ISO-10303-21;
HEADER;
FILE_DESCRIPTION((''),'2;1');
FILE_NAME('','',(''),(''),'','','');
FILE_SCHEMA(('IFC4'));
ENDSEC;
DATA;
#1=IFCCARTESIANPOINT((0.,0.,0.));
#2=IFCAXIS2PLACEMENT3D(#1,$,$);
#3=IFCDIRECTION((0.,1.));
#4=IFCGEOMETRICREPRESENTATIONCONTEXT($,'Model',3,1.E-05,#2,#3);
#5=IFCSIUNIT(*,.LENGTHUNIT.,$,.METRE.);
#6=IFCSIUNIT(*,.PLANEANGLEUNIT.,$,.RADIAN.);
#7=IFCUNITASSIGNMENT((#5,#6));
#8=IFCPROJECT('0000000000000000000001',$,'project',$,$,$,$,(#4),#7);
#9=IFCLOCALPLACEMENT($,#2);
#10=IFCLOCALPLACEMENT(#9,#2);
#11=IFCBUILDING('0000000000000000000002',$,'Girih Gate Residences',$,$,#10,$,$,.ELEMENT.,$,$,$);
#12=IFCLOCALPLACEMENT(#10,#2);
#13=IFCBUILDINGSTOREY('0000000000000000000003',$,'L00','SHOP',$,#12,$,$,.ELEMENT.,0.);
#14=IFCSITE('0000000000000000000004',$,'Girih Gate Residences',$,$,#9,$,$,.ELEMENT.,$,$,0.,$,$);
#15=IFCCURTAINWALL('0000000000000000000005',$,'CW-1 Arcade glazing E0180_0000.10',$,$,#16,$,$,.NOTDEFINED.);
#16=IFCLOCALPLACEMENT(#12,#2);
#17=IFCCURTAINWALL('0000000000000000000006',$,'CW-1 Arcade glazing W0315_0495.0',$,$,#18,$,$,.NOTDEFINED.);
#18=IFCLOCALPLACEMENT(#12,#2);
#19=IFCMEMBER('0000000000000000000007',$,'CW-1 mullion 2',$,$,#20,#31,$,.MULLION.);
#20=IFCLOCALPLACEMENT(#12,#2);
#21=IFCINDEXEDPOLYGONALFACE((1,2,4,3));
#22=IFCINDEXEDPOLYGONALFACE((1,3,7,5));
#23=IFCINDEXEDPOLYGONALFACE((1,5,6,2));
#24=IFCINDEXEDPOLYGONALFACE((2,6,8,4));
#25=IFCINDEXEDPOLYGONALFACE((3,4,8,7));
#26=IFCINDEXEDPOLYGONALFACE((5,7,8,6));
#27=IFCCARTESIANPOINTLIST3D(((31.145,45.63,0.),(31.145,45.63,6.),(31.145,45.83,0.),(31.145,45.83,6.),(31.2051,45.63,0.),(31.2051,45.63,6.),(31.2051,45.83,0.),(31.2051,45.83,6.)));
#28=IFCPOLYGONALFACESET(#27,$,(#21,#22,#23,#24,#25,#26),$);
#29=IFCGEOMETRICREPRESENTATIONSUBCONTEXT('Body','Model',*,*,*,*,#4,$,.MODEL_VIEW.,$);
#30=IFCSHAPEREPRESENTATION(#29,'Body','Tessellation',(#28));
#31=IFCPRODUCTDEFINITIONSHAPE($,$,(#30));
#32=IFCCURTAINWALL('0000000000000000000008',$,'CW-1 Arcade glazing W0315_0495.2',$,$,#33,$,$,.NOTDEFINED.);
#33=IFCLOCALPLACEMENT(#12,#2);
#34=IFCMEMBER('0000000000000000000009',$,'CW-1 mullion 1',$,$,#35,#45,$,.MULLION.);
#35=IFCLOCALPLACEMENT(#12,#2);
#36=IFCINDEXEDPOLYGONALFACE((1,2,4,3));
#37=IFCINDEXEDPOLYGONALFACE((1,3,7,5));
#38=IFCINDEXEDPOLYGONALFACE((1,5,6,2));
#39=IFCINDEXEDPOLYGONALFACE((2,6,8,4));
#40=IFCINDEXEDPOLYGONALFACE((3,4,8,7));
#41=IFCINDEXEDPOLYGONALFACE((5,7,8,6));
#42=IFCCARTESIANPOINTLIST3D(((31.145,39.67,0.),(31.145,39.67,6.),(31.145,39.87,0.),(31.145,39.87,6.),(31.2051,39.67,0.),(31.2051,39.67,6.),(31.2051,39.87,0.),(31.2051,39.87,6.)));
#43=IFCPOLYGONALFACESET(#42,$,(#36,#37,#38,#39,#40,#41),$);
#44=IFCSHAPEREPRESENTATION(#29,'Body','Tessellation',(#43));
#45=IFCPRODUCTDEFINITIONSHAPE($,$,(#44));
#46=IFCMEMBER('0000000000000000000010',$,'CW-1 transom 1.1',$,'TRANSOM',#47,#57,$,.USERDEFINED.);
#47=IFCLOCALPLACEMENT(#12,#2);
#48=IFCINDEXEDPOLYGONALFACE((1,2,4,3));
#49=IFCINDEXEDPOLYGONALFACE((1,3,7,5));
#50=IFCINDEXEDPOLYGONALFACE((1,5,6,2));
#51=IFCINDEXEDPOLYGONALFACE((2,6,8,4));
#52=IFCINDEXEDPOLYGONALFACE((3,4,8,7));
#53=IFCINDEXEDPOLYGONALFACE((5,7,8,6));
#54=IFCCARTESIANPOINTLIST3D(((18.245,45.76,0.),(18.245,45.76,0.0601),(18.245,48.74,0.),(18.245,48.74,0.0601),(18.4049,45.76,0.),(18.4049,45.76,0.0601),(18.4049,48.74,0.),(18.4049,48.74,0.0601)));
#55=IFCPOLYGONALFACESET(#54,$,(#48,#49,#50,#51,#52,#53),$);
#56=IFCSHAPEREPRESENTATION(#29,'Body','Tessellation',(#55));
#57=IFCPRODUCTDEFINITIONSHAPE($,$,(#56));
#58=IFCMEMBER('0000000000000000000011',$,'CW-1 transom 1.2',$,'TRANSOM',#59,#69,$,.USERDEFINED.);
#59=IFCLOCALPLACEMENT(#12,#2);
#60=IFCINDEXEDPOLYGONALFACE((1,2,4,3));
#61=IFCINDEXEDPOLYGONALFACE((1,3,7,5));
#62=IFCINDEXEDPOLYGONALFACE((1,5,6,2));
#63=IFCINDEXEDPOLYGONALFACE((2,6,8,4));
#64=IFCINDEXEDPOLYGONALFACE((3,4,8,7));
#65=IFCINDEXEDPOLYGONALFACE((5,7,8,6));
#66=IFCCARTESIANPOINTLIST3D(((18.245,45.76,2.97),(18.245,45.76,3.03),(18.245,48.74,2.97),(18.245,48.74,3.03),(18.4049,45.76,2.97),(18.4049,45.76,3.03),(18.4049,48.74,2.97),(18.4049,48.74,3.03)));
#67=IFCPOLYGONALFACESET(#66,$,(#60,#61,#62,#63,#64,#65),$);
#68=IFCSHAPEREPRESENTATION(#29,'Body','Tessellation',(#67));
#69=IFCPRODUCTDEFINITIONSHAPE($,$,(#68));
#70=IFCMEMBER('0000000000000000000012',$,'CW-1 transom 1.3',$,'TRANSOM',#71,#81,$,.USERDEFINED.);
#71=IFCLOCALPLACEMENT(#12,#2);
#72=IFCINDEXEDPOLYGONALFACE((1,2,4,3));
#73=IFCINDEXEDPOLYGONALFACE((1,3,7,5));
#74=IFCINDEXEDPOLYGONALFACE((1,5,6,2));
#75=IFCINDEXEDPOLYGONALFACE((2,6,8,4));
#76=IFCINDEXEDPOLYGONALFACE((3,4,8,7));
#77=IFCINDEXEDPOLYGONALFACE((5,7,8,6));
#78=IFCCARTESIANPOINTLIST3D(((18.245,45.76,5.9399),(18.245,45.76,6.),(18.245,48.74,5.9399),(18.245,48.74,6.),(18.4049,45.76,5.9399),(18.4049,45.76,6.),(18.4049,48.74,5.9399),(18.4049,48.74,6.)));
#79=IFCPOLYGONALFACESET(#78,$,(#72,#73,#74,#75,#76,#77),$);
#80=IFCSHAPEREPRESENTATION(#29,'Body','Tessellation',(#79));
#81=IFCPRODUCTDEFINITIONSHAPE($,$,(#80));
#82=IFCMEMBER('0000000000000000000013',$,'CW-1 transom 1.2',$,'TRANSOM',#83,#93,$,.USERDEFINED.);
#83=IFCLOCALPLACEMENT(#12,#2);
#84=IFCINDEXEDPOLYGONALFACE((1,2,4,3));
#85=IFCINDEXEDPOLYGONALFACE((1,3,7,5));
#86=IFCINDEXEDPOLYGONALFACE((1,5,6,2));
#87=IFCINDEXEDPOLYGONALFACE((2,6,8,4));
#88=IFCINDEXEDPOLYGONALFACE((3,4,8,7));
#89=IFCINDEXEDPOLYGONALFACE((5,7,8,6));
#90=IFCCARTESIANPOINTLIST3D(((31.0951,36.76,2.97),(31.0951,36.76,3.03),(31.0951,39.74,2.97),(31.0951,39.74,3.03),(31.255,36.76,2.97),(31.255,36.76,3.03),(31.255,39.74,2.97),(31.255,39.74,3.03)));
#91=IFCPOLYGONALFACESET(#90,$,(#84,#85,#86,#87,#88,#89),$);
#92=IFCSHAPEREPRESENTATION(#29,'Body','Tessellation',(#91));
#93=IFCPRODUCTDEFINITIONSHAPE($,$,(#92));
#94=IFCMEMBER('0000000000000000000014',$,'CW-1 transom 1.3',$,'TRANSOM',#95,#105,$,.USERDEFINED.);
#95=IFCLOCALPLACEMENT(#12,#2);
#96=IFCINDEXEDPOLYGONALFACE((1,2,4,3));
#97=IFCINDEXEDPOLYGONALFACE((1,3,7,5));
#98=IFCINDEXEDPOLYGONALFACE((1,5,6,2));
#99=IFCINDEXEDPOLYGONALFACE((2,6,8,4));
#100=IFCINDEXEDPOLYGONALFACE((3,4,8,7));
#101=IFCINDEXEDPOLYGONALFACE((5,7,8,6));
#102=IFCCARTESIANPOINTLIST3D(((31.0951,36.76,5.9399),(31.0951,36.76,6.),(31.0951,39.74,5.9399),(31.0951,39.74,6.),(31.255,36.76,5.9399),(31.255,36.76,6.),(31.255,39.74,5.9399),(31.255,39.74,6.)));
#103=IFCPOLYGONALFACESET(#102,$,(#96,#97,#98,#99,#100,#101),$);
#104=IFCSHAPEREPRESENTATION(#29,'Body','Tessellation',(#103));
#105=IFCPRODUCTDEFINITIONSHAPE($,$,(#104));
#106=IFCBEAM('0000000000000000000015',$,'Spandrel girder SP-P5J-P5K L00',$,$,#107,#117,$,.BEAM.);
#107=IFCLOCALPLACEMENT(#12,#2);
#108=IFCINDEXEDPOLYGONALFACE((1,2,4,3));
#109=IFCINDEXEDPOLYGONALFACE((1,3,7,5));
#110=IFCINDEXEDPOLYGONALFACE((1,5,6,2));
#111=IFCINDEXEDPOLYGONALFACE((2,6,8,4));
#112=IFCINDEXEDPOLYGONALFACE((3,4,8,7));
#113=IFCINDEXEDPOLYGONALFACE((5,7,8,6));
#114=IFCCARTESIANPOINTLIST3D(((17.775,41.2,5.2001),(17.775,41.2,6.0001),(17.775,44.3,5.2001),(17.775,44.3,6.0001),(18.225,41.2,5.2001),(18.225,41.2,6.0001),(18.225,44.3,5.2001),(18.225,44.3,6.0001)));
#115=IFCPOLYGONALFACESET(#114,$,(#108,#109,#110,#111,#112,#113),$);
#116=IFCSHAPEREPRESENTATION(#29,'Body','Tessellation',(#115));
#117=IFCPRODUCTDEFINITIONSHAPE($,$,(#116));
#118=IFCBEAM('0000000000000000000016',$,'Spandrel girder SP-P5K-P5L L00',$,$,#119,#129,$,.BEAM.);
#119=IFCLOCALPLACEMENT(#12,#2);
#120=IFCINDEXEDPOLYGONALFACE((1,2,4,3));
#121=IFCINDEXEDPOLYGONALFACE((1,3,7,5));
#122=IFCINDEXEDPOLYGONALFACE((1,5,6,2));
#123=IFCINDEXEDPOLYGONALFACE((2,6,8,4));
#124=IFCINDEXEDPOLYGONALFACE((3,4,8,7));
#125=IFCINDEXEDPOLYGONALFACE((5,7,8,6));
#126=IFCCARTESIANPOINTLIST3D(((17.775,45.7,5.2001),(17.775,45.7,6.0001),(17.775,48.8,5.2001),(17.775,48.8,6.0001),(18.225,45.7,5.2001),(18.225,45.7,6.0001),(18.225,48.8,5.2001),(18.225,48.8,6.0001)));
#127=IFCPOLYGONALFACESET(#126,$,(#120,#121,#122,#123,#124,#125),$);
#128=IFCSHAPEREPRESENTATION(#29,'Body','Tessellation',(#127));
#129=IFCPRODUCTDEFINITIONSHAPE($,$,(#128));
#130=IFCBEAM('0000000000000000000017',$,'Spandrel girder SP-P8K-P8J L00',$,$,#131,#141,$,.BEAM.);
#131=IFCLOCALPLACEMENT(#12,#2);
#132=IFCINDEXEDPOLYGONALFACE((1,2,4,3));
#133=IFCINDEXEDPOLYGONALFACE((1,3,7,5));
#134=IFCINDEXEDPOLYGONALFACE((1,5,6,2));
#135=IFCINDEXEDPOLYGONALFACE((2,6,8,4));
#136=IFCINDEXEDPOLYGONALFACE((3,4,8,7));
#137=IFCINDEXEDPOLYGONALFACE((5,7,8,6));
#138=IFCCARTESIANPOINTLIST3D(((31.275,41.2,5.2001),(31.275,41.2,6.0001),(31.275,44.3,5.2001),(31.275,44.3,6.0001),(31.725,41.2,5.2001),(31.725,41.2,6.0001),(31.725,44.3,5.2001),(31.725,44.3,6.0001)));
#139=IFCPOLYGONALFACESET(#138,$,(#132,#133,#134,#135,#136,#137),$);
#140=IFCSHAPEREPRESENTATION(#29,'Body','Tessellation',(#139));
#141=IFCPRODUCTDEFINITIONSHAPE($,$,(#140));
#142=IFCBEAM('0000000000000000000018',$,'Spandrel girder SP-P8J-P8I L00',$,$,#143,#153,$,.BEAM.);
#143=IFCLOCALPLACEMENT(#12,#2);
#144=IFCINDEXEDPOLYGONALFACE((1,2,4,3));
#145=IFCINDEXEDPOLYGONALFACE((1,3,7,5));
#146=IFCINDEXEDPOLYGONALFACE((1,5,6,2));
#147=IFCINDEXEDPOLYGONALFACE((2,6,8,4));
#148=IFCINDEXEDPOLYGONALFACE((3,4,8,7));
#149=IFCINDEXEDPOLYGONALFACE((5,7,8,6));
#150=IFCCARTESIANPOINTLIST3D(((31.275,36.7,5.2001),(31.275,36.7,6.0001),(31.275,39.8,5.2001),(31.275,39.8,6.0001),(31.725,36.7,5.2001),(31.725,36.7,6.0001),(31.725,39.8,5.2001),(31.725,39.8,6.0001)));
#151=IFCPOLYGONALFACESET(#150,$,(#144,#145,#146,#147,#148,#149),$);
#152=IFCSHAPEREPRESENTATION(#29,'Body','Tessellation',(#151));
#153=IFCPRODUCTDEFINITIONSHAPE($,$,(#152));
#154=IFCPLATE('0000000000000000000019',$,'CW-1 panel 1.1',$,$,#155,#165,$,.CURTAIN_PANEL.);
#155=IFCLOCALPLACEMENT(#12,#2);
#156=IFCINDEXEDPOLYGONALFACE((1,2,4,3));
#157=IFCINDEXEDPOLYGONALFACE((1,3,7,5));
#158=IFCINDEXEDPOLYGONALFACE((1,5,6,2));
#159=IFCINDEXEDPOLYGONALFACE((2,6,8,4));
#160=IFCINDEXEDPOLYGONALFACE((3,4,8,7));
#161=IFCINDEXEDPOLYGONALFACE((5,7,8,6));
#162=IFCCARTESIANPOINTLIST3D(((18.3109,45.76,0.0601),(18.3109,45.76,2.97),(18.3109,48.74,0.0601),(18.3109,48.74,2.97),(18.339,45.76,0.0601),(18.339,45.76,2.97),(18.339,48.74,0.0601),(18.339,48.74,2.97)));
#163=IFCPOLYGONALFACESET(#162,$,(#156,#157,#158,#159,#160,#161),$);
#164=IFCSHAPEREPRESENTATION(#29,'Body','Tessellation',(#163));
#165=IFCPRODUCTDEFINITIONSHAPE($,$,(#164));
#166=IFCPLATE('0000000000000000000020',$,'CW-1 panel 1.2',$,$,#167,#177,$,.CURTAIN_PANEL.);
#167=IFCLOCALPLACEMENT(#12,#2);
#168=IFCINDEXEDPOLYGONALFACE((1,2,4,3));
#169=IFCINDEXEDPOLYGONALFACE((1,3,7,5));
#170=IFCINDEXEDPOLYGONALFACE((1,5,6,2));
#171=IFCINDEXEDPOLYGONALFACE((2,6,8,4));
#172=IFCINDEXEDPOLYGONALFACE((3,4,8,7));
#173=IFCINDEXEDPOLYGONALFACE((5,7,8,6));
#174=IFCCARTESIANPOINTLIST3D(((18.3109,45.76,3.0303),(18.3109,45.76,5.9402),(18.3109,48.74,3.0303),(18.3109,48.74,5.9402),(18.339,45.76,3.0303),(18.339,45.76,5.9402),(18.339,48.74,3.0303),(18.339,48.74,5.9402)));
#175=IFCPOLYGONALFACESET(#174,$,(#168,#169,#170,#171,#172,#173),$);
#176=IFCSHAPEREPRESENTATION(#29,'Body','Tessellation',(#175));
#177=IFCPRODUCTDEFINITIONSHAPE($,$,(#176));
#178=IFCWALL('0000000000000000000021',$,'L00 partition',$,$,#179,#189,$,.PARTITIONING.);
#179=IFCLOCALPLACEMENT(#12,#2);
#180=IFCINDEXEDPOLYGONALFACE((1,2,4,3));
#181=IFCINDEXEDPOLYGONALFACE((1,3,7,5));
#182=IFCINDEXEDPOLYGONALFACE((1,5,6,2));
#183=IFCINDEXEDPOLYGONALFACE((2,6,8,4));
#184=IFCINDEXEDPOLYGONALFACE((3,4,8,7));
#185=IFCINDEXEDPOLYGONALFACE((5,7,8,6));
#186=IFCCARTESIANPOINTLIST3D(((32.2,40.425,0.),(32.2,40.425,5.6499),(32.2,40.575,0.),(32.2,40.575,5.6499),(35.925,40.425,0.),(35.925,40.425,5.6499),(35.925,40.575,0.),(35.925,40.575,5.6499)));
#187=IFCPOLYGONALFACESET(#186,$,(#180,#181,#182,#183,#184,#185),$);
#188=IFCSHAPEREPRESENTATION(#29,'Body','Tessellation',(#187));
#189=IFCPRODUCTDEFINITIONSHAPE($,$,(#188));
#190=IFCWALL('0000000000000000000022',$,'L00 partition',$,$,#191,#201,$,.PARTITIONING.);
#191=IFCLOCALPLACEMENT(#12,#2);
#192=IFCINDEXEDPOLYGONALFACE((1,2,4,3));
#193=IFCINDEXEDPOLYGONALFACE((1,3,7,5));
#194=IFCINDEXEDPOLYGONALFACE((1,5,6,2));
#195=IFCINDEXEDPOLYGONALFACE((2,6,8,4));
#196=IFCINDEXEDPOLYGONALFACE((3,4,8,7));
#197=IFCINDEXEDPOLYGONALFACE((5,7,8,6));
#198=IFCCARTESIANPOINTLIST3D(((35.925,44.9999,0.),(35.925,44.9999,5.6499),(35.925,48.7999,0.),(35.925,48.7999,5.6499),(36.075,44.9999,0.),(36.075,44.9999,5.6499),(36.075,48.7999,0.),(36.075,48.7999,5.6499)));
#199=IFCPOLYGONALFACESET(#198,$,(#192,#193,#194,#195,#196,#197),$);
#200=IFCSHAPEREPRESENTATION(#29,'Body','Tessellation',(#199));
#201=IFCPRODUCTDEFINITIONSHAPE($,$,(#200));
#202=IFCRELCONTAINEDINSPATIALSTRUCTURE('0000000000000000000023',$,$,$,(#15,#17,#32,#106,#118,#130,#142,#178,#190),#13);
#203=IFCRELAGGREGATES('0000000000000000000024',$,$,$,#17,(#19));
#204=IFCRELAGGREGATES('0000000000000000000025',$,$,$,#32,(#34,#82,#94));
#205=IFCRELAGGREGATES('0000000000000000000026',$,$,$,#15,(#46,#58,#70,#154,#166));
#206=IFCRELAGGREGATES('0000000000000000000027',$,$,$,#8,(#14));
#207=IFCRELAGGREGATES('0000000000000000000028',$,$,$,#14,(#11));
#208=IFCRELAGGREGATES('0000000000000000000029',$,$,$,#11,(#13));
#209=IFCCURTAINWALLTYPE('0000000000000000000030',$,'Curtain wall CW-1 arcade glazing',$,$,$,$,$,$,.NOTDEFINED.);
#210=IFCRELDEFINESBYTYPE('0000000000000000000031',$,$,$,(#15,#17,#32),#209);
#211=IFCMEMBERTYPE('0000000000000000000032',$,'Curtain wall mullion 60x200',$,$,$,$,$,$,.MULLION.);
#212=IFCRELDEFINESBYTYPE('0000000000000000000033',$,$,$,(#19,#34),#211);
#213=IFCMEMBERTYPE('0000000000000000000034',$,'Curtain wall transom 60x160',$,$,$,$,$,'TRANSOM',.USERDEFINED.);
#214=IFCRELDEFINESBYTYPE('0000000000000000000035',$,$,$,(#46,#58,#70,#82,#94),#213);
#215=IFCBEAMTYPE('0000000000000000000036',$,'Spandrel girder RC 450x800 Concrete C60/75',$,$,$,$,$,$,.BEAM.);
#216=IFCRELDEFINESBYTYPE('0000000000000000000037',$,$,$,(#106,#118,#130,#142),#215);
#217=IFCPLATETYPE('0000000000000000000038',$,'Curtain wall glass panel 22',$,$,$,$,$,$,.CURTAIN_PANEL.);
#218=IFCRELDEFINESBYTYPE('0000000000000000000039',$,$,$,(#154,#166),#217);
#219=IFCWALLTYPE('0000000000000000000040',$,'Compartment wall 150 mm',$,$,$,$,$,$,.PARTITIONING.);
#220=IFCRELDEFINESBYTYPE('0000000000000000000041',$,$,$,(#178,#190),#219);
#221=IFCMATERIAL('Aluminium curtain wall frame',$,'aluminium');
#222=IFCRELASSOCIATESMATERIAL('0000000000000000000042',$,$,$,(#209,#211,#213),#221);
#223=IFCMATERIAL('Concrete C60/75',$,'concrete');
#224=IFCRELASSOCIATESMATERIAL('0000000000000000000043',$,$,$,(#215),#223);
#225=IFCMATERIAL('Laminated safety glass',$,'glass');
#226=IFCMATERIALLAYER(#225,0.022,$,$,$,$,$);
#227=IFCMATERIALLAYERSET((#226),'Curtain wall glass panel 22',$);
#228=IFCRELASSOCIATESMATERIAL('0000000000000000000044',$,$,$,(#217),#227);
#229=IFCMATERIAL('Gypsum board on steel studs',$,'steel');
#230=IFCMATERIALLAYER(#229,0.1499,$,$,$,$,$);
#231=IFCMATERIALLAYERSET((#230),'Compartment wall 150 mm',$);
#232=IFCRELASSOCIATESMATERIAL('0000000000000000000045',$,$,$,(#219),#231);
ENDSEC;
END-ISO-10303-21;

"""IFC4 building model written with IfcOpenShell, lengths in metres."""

from ifc_helpers import new_model, si_unit, direction, frame, frame_2d, origin, origin_2d, place, context, subcontext, project, spatial, rectangle, extrude, material, layer, layer_set, material_profile, profile_set, type_object, element, aggregate, save


model = new_model("IFC4")

# Units and contexts
model_context = context("Model", 3, precision=1e-05, world=origin(), true_north=direction((0.0, 1.0)))
body_context = subcontext(model_context, "Body", "Model", "MODEL_VIEW")
ifc_project = project(units=[si_unit("LENGTHUNIT", "METRE"), si_unit("PLANEANGLEUNIT", "RADIAN")], contexts=[model_context])

# Site, building, storey
site_placement = place(None, origin())
site = spatial("IfcSite", under=ifc_project, at=site_placement, Name="Girih Gate Residences", CompositionType="ELEMENT", RefElevation=0.0)
building_placement = place(site_placement, origin())
building = spatial("IfcBuilding", under=site, at=building_placement, Name="Girih Gate Residences", CompositionType="ELEMENT")
storey_placement = place(building_placement, origin())
storey = spatial("IfcBuildingStorey", under=building, at=storey_placement, Name="L00", Description="SHOP", CompositionType="ELEMENT", Elevation=0.0)

# Curtain walls, members
ifc_material_1 = material(Name="Aluminium curtain wall frame", Category="aluminium")
curtain_wall_type = type_object("IfcCurtainWallType", Name="Curtain wall CW-1 arcade glazing", PredefinedType="NOTDEFINED", material=ifc_material_1)
ifc_material_profile_1 = material_profile(ifc_material_1, rectangle(XDim=0.0601, YDim=0.2, at=origin_2d()))
ifc_profile_set_1 = profile_set([ifc_material_profile_1], Name="Aluminium curtain wall frame")
member_type_1 = type_object("IfcMemberType", Name="Curtain wall mullion 60x200", PredefinedType="MULLION", material=ifc_profile_set_1)
curtain_wall_1_placement = place(storey_placement, origin())
curtain_wall_1 = element("IfcCurtainWall", 1, at=curtain_wall_1_placement, inside=storey, type_object=curtain_wall_type, Name="CW-1 Arcade glazing E0180_0000.10", PredefinedType="NOTDEFINED")
curtain_wall_2_placement = place(storey_placement, origin())
curtain_wall_2 = element("IfcCurtainWall", 2, at=curtain_wall_2_placement, inside=storey, type_object=curtain_wall_type, Name="CW-1 Arcade glazing W0315_0495.0", PredefinedType="NOTDEFINED")
member_1_placement = place(storey_placement, frame((31.175, 45.73, 0.0), z_axis=(0.0, 0.0, 1.0), x_axis=(1.0, 0.0, 0.0)))
member_1 = element("IfcMember", 3, at=member_1_placement, type_object=member_type_1, Name="CW-1 mullion 2", PredefinedType="MULLION", context=body_context, shape_type="SweptSolid", body=[
    extrude(rectangle(XDim=0.0601, YDim=0.2, at=origin_2d()), origin(), (0.0, 0.0, 1.0), 6.0),
])
aggregate(curtain_wall_2, [member_1])
curtain_wall_3_placement = place(storey_placement, origin())
curtain_wall_3 = element("IfcCurtainWall", 4, at=curtain_wall_3_placement, inside=storey, type_object=curtain_wall_type, Name="CW-1 Arcade glazing W0315_0495.2", PredefinedType="NOTDEFINED")
member_2_placement = place(storey_placement, frame((31.175, 39.77, 0.0), z_axis=(0.0, 0.0, 1.0), x_axis=(1.0, 0.0, 0.0)))
member_2 = element("IfcMember", 5, at=member_2_placement, type_object=member_type_1, Name="CW-1 mullion 1", PredefinedType="MULLION", context=body_context, shape_type="SweptSolid", body=[
    extrude(rectangle(XDim=0.0601, YDim=0.2, at=origin_2d()), origin(), (0.0, 0.0, 1.0), 6.0),
])

# Members
ifc_material_profile_2 = material_profile(ifc_material_1, rectangle(XDim=0.1599, YDim=0.0601, at=origin_2d()))
ifc_profile_set_2 = profile_set([ifc_material_profile_2], Name="Aluminium curtain wall frame")
member_type_2 = type_object("IfcMemberType", Name="Curtain wall transom 60x160", ElementType="TRANSOM", PredefinedType="USERDEFINED", material=ifc_profile_set_2)
member_3_placement = place(storey_placement, frame((18.325, 45.76, 0.03), z_axis=(0.0, 1.0, 0.0), x_axis=(-1.0, 0.0, 0.0)))
member_3 = element("IfcMember", 6, at=member_3_placement, type_object=member_type_2, Name="CW-1 transom 1.1", ObjectType="TRANSOM", PredefinedType="USERDEFINED", context=body_context, shape_type="SweptSolid", body=[
    extrude(rectangle(XDim=0.1599, YDim=0.0601, at=origin_2d()), origin(), (0.0, 0.0, 1.0), 2.98),
])
member_4_placement = place(storey_placement, frame((18.325, 45.76, 3.0), z_axis=(0.0, 1.0, 0.0), x_axis=(-1.0, 0.0, 0.0)))
member_4 = element("IfcMember", 7, at=member_4_placement, type_object=member_type_2, Name="CW-1 transom 1.2", ObjectType="TRANSOM", PredefinedType="USERDEFINED", context=body_context, shape_type="SweptSolid", body=[
    extrude(rectangle(XDim=0.1599, YDim=0.0601, at=origin_2d()), origin(), (0.0, 0.0, 1.0), 2.98),
])
member_5_placement = place(storey_placement, frame((18.325, 45.76, 5.97), z_axis=(0.0, 1.0, 0.0), x_axis=(-1.0, 0.0, 0.0)))
member_5 = element("IfcMember", 8, at=member_5_placement, type_object=member_type_2, Name="CW-1 transom 1.3", ObjectType="TRANSOM", PredefinedType="USERDEFINED", context=body_context, shape_type="SweptSolid", body=[
    extrude(rectangle(XDim=0.1599, YDim=0.0601, at=origin_2d()), origin(), (0.0, 0.0, 1.0), 2.98),
])
member_6_placement = place(storey_placement, frame((31.175, 39.74, 3.0), z_axis=(0.0, -1.0, 0.0), x_axis=(1.0, 0.0, 0.0)))
member_6 = element("IfcMember", 9, at=member_6_placement, type_object=member_type_2, Name="CW-1 transom 1.2", ObjectType="TRANSOM", PredefinedType="USERDEFINED", context=body_context, shape_type="SweptSolid", body=[
    extrude(rectangle(XDim=0.1599, YDim=0.0601, at=origin_2d()), origin(), (0.0, 0.0, 1.0), 2.98),
])
member_7_placement = place(storey_placement, frame((31.175, 39.74, 5.97), z_axis=(0.0, -1.0, 0.0), x_axis=(1.0, 0.0, 0.0)))
member_7 = element("IfcMember", 10, at=member_7_placement, type_object=member_type_2, Name="CW-1 transom 1.3", ObjectType="TRANSOM", PredefinedType="USERDEFINED", context=body_context, shape_type="SweptSolid", body=[
    extrude(rectangle(XDim=0.1599, YDim=0.0601, at=origin_2d()), origin(), (0.0, 0.0, 1.0), 2.98),
])
aggregate(curtain_wall_3, [member_2, member_6, member_7])

# Beams
ifc_material_2 = material(Name="Concrete C60/75", Category="concrete")
ifc_material_profile_3 = material_profile(ifc_material_2, rectangle(XDim=0.45, YDim=0.8, at=origin_2d()))
ifc_profile_set_3 = profile_set([ifc_material_profile_3], Name="Concrete C60/75")
beam_type = type_object("IfcBeamType", Name="Spandrel girder RC 450x800 Concrete C60/75", PredefinedType="BEAM", material=ifc_profile_set_3)
for number, where, z_axis, x_axis, name in (
    (11, (18.0, 41.2, 5.6001), (0.0, 1.0, 0.0), (-1.0, 0.0, 0.0), "Spandrel girder SP-P5J-P5K L00"),
    (12, (18.0, 45.7, 5.6001), (0.0, 1.0, 0.0), (-1.0, 0.0, 0.0), "Spandrel girder SP-P5K-P5L L00"),
    (13, (31.5, 44.3, 5.6001), (0.0, -1.0, 0.0), (1.0, 0.0, 0.0), "Spandrel girder SP-P8K-P8J L00"),
    (14, (31.5, 39.8, 5.6001), (0.0, -1.0, 0.0), (1.0, 0.0, 0.0), "Spandrel girder SP-P8J-P8I L00"),
):
    element("IfcBeam", number, at=place(storey_placement, frame(where, z_axis=z_axis, x_axis=x_axis)), inside=storey, type_object=beam_type, Name=name, PredefinedType="BEAM", context=body_context, shape_type="SweptSolid", body=[
        extrude(rectangle(XDim=0.45, YDim=0.8, at=origin_2d()), origin(), (0.0, 0.0, 1.0), 3.1001),
    ])

# Plates
ifc_material_3 = material(Name="Laminated safety glass", Category="glass")
ifc_layer_1 = layer(ifc_material_3, 0.022)
ifc_layer_set_1 = layer_set([ifc_layer_1], Name="Curtain wall glass panel 22")
plate_type = type_object("IfcPlateType", Name="Curtain wall glass panel 22", PredefinedType="CURTAIN_PANEL", material=ifc_layer_set_1)
plate_1_placement = place(storey_placement, frame((18.325, 47.25, 0.0601), z_axis=(0.0, 0.0, 1.0), x_axis=(0.0, 1.0, 0.0)))
plate_1 = element("IfcPlate", 15, at=plate_1_placement, type_object=plate_type, Name="CW-1 panel 1.1", PredefinedType="CURTAIN_PANEL", context=body_context, shape_type="SweptSolid", body=[
    extrude(rectangle(XDim=2.98, YDim=0.0281, at=origin_2d()), origin(), (0.0, 0.0, 1.0), 2.9099),
])
plate_2_placement = place(storey_placement, frame((18.325, 47.25, 3.0303), z_axis=(0.0, 0.0, 1.0), x_axis=(0.0, 1.0, 0.0)))
plate_2 = element("IfcPlate", 16, at=plate_2_placement, type_object=plate_type, Name="CW-1 panel 1.2", PredefinedType="CURTAIN_PANEL", context=body_context, shape_type="SweptSolid", body=[
    extrude(rectangle(XDim=2.98, YDim=0.0281, at=origin_2d()), origin(), (0.0, 0.0, 1.0), 2.9099),
])
aggregate(curtain_wall_1, [member_3, member_4, member_5, plate_1, plate_2])

# Walls
ifc_material_4 = material(Name="Gypsum board on steel studs", Category="steel")
ifc_layer_2 = layer(ifc_material_4, 0.1499)
ifc_layer_set_2 = layer_set([ifc_layer_2], Name="Compartment wall 150 mm")
wall_type_1 = type_object("IfcWallType", Name="Compartment wall 150 mm", PredefinedType="PARTITIONING", material=ifc_layer_set_2)
wall_1_placement = place(storey_placement, frame((32.2, 40.5, 0.0), z_axis=(0.0, 0.0, 1.0), x_axis=(1.0, 0.0, 0.0)))
element("IfcWall", 17, at=wall_1_placement, inside=storey, type_object=wall_type_1, Name="L00 partition", PredefinedType="PARTITIONING", context=body_context, shape_type="SweptSolid", body=[
    extrude(rectangle(XDim=3.7251, YDim=0.1499, at=frame_2d((1.8625, 0.0))), origin(), (0.0, 0.0, 1.0), 5.6499),
])
wall_2_placement = place(storey_placement, frame((36.0, 45.0, 0.0), z_axis=(0.0, 0.0, 1.0), x_axis=(0.0, 1.0, 0.0)))
element("IfcWall", 18, at=wall_2_placement, inside=storey, type_object=wall_type_1, Name="L00 partition", PredefinedType="PARTITIONING", context=body_context, shape_type="SweptSolid", body=[
    extrude(rectangle(XDim=3.8, YDim=0.1499, at=frame_2d((1.8999, 0.0))), origin(), (0.0, 0.0, 1.0), 5.6499),
])

save(model, "model.ifc")
